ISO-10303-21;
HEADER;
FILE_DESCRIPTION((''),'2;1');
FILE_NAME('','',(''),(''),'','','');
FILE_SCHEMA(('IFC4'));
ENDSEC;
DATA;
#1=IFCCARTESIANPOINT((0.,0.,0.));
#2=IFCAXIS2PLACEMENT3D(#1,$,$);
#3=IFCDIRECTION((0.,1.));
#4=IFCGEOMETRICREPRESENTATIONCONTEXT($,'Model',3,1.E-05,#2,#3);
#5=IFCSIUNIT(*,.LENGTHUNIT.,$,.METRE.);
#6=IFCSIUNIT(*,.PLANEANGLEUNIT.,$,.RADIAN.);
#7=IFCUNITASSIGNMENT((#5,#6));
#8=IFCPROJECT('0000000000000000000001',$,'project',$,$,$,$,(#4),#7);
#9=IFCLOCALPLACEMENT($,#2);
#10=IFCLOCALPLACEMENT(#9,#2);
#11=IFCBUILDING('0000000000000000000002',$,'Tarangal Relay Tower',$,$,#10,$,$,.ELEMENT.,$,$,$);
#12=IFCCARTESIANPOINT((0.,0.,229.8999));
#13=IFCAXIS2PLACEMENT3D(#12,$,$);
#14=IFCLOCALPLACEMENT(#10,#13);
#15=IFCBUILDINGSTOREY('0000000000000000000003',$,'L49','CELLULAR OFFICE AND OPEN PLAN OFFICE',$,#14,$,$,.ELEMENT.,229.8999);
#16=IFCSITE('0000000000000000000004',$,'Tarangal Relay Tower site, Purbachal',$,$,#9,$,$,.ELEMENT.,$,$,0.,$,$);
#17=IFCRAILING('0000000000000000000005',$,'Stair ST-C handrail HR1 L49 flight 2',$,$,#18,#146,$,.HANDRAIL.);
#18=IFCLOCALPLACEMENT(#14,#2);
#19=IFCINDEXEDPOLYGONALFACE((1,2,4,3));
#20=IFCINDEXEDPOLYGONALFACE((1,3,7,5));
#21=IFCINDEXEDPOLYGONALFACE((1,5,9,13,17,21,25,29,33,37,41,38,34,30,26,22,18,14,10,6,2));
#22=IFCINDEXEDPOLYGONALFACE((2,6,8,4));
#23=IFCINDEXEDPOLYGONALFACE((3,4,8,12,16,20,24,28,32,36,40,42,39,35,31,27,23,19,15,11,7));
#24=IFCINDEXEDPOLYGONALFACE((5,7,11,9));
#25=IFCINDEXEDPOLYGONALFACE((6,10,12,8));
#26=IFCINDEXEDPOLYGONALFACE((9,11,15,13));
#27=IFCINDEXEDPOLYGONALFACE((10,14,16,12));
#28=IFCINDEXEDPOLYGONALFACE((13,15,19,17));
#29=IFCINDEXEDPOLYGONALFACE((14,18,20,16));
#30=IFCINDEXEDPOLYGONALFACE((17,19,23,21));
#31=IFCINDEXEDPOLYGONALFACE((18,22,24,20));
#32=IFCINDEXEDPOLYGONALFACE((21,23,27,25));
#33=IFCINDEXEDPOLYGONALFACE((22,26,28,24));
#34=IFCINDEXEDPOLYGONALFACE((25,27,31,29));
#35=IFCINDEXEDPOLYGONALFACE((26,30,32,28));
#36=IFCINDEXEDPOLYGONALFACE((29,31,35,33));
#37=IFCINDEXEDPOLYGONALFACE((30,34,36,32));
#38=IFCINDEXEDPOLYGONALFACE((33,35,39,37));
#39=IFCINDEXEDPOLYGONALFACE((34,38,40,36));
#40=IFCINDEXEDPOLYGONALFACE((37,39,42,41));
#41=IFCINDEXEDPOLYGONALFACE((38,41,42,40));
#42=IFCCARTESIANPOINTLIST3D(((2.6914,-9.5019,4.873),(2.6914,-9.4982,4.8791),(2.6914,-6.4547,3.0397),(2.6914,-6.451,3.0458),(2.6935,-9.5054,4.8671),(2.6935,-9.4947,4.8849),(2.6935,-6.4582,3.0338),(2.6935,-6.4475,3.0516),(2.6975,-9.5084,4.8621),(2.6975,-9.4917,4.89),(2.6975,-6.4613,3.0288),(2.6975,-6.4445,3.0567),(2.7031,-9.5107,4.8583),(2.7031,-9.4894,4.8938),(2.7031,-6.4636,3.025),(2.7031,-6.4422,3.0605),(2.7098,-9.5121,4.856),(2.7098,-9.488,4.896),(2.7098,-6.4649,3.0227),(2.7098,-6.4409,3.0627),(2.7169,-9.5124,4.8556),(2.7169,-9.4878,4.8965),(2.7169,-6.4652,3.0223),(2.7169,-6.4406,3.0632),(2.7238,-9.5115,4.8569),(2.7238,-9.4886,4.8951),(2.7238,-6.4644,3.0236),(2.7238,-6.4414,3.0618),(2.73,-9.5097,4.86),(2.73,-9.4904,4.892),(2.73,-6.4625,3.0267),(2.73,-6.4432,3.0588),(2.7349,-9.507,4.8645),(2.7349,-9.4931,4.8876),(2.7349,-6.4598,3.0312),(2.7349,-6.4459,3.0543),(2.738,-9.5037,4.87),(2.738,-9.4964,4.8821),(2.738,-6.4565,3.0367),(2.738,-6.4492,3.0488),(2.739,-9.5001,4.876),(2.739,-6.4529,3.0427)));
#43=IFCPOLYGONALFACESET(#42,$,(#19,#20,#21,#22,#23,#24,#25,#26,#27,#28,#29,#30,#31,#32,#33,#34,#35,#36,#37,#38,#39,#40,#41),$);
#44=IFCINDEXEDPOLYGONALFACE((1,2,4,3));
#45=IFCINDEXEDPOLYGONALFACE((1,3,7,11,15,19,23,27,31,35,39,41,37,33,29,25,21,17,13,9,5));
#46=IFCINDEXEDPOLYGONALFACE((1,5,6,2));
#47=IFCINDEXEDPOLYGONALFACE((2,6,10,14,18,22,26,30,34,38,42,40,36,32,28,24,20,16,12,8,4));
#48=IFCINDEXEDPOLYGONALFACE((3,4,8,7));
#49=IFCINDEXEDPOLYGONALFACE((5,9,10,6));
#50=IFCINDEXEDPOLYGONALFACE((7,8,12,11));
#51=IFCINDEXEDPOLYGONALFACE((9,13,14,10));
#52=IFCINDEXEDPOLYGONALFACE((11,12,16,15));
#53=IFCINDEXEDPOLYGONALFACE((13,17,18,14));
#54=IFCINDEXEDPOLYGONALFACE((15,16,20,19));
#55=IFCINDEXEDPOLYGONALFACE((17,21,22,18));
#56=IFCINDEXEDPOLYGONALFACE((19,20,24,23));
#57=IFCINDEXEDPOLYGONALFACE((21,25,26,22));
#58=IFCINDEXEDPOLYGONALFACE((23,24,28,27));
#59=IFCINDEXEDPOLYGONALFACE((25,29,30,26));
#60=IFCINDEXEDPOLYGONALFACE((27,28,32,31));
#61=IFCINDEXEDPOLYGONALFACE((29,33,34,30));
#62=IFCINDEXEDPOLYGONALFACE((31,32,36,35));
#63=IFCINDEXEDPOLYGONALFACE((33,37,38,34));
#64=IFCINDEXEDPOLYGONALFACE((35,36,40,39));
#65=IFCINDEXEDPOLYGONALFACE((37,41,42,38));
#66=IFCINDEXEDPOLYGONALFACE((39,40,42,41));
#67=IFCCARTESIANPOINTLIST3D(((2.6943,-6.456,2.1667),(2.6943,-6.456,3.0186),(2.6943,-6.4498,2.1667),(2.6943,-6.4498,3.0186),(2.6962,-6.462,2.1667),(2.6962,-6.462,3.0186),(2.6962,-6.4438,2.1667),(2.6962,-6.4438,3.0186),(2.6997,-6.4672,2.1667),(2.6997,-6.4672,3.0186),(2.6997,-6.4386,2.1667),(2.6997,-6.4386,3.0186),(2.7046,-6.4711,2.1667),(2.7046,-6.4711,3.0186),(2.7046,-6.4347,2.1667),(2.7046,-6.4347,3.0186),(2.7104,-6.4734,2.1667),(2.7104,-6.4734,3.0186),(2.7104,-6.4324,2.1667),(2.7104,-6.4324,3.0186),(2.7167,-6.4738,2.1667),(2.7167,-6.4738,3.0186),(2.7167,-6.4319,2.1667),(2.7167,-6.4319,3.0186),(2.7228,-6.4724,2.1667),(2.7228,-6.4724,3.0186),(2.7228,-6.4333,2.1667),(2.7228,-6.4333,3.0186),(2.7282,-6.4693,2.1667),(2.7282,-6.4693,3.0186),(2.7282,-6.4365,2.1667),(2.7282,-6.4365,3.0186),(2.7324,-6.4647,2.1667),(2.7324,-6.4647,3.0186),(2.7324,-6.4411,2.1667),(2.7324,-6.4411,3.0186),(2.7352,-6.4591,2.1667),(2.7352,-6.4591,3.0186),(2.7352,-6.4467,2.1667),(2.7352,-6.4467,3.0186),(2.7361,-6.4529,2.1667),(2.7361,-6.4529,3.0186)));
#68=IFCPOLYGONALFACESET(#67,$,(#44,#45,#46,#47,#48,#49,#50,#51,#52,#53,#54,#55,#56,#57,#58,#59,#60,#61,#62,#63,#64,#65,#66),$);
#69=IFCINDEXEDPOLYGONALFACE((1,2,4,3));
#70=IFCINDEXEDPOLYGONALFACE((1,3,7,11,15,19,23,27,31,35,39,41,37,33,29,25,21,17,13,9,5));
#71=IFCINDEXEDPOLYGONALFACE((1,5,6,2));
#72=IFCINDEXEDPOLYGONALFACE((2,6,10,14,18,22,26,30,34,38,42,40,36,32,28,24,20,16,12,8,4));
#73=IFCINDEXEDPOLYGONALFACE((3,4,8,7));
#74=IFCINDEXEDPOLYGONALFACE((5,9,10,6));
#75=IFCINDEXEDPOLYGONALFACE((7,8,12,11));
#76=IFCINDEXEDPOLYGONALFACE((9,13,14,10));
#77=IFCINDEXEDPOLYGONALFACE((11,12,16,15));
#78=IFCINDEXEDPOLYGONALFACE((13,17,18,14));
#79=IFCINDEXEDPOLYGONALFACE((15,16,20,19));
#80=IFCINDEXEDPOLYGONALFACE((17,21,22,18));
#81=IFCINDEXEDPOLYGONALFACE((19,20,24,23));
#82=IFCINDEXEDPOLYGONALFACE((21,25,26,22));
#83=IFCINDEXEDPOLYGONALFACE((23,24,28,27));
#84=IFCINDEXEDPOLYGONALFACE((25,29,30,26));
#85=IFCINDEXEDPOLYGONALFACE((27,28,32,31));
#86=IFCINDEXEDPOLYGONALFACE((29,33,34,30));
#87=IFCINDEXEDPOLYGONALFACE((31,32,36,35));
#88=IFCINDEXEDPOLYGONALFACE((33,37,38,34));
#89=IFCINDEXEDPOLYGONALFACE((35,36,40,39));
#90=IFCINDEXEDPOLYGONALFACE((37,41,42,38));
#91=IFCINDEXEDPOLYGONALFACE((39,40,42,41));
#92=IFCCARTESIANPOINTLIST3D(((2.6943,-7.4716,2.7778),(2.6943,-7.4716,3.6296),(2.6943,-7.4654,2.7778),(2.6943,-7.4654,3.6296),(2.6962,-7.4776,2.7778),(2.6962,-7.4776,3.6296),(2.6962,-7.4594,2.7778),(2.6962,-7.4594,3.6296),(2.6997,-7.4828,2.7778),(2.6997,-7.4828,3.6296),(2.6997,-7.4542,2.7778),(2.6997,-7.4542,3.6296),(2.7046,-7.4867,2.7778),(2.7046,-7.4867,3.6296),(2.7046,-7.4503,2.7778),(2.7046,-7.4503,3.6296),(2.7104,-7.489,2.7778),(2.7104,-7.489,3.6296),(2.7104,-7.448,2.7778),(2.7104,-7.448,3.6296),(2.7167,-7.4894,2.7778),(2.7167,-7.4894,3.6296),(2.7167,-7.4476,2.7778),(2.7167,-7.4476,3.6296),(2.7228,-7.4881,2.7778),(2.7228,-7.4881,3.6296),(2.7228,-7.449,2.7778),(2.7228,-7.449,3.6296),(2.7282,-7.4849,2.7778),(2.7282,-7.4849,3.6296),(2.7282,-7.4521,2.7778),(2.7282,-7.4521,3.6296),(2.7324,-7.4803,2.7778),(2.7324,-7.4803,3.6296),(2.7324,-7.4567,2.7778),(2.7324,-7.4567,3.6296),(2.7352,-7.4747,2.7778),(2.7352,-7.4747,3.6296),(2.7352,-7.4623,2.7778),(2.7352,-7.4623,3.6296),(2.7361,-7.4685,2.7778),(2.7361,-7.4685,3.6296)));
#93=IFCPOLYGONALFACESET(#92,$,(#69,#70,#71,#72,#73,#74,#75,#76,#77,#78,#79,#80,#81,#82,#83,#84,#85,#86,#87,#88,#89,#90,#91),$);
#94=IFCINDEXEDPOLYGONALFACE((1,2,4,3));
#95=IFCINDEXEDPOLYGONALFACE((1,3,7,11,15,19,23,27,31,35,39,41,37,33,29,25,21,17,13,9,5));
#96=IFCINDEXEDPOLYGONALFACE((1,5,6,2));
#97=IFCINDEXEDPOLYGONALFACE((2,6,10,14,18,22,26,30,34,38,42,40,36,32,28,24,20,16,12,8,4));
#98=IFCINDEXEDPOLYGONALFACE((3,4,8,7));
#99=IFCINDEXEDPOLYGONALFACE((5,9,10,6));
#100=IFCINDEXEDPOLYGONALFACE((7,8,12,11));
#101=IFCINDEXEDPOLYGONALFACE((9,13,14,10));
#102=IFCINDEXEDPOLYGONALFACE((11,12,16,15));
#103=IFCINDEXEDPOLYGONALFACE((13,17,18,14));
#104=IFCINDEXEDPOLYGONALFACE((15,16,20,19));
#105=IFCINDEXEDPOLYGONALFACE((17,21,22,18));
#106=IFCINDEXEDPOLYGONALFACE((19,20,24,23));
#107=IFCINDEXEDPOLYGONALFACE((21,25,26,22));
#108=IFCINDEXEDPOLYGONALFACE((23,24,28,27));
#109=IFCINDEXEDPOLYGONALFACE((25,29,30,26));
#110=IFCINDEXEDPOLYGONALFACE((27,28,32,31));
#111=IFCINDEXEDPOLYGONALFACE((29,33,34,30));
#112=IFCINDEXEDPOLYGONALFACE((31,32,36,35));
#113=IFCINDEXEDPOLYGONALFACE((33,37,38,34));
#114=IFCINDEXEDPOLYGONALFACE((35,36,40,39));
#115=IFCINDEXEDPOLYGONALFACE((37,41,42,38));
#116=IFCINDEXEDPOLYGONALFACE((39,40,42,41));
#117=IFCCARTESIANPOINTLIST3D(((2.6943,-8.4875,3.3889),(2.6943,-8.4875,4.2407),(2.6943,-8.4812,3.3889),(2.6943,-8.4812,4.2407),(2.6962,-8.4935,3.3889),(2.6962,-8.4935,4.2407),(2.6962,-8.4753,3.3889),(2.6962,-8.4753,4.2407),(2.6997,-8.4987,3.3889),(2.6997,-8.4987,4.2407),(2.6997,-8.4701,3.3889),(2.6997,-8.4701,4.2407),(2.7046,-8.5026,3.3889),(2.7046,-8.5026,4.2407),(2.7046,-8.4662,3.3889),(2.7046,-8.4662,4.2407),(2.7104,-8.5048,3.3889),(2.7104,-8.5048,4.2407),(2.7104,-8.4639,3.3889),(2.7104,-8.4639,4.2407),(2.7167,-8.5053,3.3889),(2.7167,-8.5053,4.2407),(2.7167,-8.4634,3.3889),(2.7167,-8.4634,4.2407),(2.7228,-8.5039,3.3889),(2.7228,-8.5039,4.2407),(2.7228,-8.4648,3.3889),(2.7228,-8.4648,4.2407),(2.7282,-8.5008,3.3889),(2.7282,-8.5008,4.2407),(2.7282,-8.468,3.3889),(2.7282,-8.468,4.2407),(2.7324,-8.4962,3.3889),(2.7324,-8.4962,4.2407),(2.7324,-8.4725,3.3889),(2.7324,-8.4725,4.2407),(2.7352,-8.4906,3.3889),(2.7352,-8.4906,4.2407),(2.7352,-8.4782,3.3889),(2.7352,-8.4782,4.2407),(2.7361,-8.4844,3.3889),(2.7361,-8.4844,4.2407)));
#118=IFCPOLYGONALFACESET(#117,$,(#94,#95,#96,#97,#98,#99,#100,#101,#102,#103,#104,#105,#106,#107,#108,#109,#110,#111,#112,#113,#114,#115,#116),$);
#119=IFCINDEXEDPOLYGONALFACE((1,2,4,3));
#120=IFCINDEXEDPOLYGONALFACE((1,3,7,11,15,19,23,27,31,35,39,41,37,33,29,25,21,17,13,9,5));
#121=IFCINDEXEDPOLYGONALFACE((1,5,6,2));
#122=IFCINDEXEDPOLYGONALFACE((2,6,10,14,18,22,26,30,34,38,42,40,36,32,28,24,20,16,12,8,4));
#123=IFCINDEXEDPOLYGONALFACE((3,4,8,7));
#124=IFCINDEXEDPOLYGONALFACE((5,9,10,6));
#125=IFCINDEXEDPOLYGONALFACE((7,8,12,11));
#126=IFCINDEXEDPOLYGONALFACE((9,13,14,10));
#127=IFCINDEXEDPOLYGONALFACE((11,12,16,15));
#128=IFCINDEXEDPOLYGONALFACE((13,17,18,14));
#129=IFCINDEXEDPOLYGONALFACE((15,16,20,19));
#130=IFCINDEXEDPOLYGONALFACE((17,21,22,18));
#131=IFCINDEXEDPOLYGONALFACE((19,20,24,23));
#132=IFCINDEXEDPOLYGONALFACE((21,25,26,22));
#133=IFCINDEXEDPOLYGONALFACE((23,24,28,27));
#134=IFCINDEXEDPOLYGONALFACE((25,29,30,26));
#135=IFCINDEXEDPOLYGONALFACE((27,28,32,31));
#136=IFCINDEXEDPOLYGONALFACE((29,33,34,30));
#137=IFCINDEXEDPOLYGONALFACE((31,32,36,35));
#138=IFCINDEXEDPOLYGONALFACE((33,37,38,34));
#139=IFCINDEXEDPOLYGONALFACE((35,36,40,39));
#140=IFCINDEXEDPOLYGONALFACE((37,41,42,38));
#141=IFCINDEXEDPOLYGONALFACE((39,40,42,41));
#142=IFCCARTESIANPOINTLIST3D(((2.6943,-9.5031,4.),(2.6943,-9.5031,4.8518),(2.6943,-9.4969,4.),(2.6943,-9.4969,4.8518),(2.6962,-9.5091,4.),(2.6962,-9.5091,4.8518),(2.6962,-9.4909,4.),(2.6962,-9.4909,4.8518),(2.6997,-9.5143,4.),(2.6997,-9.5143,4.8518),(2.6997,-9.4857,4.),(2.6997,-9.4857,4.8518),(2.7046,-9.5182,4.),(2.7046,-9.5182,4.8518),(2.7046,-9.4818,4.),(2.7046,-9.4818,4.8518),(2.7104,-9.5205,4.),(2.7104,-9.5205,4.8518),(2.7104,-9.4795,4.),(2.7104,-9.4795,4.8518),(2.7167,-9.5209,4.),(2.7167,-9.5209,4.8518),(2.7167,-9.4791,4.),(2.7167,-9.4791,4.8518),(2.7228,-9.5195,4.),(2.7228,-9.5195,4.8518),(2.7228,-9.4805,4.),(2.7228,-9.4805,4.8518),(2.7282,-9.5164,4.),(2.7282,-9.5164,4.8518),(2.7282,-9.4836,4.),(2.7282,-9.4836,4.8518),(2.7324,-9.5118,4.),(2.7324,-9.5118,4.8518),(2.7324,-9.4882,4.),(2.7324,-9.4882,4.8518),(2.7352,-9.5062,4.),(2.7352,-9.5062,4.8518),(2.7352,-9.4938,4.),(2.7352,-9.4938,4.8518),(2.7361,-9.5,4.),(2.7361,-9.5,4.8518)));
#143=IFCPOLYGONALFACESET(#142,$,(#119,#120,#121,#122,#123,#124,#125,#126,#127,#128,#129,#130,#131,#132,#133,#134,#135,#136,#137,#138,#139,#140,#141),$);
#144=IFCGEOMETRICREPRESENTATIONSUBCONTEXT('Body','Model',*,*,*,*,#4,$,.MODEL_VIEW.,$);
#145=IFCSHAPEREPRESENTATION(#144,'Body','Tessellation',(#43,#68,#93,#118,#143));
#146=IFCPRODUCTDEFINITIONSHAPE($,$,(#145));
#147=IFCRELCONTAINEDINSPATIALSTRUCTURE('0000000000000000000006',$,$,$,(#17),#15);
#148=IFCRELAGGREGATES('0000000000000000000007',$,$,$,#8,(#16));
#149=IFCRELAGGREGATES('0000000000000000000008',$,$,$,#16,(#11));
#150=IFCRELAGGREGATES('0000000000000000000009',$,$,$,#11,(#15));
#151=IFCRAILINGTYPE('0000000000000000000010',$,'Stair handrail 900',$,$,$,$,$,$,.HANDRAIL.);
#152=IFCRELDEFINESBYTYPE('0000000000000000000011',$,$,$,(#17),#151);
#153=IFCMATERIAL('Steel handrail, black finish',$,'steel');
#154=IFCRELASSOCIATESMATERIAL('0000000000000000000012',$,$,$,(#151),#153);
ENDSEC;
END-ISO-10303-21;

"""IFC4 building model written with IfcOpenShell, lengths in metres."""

from ifc_helpers import new_model, si_unit, direction, frame, origin, origin_2d, place, context, subcontext, project, spatial, circle, extrude, material, type_object, element, save


model = new_model("IFC4")

# Units and contexts
model_context = context("Model", 3, precision=1e-05, world=origin(), true_north=direction((0.0, 1.0)))
body_context = subcontext(model_context, "Body", "Model", "MODEL_VIEW")
ifc_project = project(units=[si_unit("LENGTHUNIT", "METRE"), si_unit("PLANEANGLEUNIT", "RADIAN")], contexts=[model_context])

# Site, building, storey
site_placement = place(None, origin())
site = spatial("IfcSite", under=ifc_project, at=site_placement, Name="Tarangal Relay Tower site, Purbachal", CompositionType="ELEMENT", RefElevation=0.0)
building_placement = place(site_placement, origin())
building = spatial("IfcBuilding", under=site, at=building_placement, Name="Tarangal Relay Tower", CompositionType="ELEMENT")
storey_placement = place(building_placement, frame((0.0, 0.0, 229.8999)))
storey = spatial("IfcBuildingStorey", under=building, at=storey_placement, Name="L49", Description="CELLULAR OFFICE AND OPEN PLAN OFFICE", CompositionType="ELEMENT", Elevation=229.8999)

# Railing
ifc_material_1 = material(Name="Steel handrail, black finish", Category="steel")
railing_type_1 = type_object("IfcRailingType", Name="Stair handrail 900", PredefinedType="HANDRAIL", material=ifc_material_1)
railing_1_placement = place(storey_placement, frame((2.7151, -6.4529, 2.1667)))
element("IfcRailing", 1, at=railing_1_placement, inside=storey, type_object=railing_type_1, Name="Stair ST-C handrail HR1 L49 flight 2", PredefinedType="HANDRAIL", context=body_context, shape_type="SweptSolid", body=[
    extrude(circle(Radius=0.0239, at=origin_2d()), frame((0.0, 0.0, 0.876), z_axis=(0.0, -0.856874, 0.515525), x_axis=(1.0, 0.0, 0.0)), (0.0, 0.0, 1.0), 3.5562),
    extrude(circle(Radius=0.021, at=origin_2d()), origin(), (0.0, 0.0, 1.0), 0.8518),
    extrude(circle(Radius=0.021, at=origin_2d()), frame((0.0, -1.0156, 0.6111)), (0.0, 0.0, 1.0), 0.8518),
    extrude(circle(Radius=0.021, at=origin_2d()), frame((0.0, -2.0315, 1.2222)), (0.0, 0.0, 1.0), 0.8518),
    extrude(circle(Radius=0.021, at=origin_2d()), frame((0.0, -3.0471, 1.8333)), (0.0, 0.0, 1.0), 0.8518),
])

save(model, "model.ifc")
